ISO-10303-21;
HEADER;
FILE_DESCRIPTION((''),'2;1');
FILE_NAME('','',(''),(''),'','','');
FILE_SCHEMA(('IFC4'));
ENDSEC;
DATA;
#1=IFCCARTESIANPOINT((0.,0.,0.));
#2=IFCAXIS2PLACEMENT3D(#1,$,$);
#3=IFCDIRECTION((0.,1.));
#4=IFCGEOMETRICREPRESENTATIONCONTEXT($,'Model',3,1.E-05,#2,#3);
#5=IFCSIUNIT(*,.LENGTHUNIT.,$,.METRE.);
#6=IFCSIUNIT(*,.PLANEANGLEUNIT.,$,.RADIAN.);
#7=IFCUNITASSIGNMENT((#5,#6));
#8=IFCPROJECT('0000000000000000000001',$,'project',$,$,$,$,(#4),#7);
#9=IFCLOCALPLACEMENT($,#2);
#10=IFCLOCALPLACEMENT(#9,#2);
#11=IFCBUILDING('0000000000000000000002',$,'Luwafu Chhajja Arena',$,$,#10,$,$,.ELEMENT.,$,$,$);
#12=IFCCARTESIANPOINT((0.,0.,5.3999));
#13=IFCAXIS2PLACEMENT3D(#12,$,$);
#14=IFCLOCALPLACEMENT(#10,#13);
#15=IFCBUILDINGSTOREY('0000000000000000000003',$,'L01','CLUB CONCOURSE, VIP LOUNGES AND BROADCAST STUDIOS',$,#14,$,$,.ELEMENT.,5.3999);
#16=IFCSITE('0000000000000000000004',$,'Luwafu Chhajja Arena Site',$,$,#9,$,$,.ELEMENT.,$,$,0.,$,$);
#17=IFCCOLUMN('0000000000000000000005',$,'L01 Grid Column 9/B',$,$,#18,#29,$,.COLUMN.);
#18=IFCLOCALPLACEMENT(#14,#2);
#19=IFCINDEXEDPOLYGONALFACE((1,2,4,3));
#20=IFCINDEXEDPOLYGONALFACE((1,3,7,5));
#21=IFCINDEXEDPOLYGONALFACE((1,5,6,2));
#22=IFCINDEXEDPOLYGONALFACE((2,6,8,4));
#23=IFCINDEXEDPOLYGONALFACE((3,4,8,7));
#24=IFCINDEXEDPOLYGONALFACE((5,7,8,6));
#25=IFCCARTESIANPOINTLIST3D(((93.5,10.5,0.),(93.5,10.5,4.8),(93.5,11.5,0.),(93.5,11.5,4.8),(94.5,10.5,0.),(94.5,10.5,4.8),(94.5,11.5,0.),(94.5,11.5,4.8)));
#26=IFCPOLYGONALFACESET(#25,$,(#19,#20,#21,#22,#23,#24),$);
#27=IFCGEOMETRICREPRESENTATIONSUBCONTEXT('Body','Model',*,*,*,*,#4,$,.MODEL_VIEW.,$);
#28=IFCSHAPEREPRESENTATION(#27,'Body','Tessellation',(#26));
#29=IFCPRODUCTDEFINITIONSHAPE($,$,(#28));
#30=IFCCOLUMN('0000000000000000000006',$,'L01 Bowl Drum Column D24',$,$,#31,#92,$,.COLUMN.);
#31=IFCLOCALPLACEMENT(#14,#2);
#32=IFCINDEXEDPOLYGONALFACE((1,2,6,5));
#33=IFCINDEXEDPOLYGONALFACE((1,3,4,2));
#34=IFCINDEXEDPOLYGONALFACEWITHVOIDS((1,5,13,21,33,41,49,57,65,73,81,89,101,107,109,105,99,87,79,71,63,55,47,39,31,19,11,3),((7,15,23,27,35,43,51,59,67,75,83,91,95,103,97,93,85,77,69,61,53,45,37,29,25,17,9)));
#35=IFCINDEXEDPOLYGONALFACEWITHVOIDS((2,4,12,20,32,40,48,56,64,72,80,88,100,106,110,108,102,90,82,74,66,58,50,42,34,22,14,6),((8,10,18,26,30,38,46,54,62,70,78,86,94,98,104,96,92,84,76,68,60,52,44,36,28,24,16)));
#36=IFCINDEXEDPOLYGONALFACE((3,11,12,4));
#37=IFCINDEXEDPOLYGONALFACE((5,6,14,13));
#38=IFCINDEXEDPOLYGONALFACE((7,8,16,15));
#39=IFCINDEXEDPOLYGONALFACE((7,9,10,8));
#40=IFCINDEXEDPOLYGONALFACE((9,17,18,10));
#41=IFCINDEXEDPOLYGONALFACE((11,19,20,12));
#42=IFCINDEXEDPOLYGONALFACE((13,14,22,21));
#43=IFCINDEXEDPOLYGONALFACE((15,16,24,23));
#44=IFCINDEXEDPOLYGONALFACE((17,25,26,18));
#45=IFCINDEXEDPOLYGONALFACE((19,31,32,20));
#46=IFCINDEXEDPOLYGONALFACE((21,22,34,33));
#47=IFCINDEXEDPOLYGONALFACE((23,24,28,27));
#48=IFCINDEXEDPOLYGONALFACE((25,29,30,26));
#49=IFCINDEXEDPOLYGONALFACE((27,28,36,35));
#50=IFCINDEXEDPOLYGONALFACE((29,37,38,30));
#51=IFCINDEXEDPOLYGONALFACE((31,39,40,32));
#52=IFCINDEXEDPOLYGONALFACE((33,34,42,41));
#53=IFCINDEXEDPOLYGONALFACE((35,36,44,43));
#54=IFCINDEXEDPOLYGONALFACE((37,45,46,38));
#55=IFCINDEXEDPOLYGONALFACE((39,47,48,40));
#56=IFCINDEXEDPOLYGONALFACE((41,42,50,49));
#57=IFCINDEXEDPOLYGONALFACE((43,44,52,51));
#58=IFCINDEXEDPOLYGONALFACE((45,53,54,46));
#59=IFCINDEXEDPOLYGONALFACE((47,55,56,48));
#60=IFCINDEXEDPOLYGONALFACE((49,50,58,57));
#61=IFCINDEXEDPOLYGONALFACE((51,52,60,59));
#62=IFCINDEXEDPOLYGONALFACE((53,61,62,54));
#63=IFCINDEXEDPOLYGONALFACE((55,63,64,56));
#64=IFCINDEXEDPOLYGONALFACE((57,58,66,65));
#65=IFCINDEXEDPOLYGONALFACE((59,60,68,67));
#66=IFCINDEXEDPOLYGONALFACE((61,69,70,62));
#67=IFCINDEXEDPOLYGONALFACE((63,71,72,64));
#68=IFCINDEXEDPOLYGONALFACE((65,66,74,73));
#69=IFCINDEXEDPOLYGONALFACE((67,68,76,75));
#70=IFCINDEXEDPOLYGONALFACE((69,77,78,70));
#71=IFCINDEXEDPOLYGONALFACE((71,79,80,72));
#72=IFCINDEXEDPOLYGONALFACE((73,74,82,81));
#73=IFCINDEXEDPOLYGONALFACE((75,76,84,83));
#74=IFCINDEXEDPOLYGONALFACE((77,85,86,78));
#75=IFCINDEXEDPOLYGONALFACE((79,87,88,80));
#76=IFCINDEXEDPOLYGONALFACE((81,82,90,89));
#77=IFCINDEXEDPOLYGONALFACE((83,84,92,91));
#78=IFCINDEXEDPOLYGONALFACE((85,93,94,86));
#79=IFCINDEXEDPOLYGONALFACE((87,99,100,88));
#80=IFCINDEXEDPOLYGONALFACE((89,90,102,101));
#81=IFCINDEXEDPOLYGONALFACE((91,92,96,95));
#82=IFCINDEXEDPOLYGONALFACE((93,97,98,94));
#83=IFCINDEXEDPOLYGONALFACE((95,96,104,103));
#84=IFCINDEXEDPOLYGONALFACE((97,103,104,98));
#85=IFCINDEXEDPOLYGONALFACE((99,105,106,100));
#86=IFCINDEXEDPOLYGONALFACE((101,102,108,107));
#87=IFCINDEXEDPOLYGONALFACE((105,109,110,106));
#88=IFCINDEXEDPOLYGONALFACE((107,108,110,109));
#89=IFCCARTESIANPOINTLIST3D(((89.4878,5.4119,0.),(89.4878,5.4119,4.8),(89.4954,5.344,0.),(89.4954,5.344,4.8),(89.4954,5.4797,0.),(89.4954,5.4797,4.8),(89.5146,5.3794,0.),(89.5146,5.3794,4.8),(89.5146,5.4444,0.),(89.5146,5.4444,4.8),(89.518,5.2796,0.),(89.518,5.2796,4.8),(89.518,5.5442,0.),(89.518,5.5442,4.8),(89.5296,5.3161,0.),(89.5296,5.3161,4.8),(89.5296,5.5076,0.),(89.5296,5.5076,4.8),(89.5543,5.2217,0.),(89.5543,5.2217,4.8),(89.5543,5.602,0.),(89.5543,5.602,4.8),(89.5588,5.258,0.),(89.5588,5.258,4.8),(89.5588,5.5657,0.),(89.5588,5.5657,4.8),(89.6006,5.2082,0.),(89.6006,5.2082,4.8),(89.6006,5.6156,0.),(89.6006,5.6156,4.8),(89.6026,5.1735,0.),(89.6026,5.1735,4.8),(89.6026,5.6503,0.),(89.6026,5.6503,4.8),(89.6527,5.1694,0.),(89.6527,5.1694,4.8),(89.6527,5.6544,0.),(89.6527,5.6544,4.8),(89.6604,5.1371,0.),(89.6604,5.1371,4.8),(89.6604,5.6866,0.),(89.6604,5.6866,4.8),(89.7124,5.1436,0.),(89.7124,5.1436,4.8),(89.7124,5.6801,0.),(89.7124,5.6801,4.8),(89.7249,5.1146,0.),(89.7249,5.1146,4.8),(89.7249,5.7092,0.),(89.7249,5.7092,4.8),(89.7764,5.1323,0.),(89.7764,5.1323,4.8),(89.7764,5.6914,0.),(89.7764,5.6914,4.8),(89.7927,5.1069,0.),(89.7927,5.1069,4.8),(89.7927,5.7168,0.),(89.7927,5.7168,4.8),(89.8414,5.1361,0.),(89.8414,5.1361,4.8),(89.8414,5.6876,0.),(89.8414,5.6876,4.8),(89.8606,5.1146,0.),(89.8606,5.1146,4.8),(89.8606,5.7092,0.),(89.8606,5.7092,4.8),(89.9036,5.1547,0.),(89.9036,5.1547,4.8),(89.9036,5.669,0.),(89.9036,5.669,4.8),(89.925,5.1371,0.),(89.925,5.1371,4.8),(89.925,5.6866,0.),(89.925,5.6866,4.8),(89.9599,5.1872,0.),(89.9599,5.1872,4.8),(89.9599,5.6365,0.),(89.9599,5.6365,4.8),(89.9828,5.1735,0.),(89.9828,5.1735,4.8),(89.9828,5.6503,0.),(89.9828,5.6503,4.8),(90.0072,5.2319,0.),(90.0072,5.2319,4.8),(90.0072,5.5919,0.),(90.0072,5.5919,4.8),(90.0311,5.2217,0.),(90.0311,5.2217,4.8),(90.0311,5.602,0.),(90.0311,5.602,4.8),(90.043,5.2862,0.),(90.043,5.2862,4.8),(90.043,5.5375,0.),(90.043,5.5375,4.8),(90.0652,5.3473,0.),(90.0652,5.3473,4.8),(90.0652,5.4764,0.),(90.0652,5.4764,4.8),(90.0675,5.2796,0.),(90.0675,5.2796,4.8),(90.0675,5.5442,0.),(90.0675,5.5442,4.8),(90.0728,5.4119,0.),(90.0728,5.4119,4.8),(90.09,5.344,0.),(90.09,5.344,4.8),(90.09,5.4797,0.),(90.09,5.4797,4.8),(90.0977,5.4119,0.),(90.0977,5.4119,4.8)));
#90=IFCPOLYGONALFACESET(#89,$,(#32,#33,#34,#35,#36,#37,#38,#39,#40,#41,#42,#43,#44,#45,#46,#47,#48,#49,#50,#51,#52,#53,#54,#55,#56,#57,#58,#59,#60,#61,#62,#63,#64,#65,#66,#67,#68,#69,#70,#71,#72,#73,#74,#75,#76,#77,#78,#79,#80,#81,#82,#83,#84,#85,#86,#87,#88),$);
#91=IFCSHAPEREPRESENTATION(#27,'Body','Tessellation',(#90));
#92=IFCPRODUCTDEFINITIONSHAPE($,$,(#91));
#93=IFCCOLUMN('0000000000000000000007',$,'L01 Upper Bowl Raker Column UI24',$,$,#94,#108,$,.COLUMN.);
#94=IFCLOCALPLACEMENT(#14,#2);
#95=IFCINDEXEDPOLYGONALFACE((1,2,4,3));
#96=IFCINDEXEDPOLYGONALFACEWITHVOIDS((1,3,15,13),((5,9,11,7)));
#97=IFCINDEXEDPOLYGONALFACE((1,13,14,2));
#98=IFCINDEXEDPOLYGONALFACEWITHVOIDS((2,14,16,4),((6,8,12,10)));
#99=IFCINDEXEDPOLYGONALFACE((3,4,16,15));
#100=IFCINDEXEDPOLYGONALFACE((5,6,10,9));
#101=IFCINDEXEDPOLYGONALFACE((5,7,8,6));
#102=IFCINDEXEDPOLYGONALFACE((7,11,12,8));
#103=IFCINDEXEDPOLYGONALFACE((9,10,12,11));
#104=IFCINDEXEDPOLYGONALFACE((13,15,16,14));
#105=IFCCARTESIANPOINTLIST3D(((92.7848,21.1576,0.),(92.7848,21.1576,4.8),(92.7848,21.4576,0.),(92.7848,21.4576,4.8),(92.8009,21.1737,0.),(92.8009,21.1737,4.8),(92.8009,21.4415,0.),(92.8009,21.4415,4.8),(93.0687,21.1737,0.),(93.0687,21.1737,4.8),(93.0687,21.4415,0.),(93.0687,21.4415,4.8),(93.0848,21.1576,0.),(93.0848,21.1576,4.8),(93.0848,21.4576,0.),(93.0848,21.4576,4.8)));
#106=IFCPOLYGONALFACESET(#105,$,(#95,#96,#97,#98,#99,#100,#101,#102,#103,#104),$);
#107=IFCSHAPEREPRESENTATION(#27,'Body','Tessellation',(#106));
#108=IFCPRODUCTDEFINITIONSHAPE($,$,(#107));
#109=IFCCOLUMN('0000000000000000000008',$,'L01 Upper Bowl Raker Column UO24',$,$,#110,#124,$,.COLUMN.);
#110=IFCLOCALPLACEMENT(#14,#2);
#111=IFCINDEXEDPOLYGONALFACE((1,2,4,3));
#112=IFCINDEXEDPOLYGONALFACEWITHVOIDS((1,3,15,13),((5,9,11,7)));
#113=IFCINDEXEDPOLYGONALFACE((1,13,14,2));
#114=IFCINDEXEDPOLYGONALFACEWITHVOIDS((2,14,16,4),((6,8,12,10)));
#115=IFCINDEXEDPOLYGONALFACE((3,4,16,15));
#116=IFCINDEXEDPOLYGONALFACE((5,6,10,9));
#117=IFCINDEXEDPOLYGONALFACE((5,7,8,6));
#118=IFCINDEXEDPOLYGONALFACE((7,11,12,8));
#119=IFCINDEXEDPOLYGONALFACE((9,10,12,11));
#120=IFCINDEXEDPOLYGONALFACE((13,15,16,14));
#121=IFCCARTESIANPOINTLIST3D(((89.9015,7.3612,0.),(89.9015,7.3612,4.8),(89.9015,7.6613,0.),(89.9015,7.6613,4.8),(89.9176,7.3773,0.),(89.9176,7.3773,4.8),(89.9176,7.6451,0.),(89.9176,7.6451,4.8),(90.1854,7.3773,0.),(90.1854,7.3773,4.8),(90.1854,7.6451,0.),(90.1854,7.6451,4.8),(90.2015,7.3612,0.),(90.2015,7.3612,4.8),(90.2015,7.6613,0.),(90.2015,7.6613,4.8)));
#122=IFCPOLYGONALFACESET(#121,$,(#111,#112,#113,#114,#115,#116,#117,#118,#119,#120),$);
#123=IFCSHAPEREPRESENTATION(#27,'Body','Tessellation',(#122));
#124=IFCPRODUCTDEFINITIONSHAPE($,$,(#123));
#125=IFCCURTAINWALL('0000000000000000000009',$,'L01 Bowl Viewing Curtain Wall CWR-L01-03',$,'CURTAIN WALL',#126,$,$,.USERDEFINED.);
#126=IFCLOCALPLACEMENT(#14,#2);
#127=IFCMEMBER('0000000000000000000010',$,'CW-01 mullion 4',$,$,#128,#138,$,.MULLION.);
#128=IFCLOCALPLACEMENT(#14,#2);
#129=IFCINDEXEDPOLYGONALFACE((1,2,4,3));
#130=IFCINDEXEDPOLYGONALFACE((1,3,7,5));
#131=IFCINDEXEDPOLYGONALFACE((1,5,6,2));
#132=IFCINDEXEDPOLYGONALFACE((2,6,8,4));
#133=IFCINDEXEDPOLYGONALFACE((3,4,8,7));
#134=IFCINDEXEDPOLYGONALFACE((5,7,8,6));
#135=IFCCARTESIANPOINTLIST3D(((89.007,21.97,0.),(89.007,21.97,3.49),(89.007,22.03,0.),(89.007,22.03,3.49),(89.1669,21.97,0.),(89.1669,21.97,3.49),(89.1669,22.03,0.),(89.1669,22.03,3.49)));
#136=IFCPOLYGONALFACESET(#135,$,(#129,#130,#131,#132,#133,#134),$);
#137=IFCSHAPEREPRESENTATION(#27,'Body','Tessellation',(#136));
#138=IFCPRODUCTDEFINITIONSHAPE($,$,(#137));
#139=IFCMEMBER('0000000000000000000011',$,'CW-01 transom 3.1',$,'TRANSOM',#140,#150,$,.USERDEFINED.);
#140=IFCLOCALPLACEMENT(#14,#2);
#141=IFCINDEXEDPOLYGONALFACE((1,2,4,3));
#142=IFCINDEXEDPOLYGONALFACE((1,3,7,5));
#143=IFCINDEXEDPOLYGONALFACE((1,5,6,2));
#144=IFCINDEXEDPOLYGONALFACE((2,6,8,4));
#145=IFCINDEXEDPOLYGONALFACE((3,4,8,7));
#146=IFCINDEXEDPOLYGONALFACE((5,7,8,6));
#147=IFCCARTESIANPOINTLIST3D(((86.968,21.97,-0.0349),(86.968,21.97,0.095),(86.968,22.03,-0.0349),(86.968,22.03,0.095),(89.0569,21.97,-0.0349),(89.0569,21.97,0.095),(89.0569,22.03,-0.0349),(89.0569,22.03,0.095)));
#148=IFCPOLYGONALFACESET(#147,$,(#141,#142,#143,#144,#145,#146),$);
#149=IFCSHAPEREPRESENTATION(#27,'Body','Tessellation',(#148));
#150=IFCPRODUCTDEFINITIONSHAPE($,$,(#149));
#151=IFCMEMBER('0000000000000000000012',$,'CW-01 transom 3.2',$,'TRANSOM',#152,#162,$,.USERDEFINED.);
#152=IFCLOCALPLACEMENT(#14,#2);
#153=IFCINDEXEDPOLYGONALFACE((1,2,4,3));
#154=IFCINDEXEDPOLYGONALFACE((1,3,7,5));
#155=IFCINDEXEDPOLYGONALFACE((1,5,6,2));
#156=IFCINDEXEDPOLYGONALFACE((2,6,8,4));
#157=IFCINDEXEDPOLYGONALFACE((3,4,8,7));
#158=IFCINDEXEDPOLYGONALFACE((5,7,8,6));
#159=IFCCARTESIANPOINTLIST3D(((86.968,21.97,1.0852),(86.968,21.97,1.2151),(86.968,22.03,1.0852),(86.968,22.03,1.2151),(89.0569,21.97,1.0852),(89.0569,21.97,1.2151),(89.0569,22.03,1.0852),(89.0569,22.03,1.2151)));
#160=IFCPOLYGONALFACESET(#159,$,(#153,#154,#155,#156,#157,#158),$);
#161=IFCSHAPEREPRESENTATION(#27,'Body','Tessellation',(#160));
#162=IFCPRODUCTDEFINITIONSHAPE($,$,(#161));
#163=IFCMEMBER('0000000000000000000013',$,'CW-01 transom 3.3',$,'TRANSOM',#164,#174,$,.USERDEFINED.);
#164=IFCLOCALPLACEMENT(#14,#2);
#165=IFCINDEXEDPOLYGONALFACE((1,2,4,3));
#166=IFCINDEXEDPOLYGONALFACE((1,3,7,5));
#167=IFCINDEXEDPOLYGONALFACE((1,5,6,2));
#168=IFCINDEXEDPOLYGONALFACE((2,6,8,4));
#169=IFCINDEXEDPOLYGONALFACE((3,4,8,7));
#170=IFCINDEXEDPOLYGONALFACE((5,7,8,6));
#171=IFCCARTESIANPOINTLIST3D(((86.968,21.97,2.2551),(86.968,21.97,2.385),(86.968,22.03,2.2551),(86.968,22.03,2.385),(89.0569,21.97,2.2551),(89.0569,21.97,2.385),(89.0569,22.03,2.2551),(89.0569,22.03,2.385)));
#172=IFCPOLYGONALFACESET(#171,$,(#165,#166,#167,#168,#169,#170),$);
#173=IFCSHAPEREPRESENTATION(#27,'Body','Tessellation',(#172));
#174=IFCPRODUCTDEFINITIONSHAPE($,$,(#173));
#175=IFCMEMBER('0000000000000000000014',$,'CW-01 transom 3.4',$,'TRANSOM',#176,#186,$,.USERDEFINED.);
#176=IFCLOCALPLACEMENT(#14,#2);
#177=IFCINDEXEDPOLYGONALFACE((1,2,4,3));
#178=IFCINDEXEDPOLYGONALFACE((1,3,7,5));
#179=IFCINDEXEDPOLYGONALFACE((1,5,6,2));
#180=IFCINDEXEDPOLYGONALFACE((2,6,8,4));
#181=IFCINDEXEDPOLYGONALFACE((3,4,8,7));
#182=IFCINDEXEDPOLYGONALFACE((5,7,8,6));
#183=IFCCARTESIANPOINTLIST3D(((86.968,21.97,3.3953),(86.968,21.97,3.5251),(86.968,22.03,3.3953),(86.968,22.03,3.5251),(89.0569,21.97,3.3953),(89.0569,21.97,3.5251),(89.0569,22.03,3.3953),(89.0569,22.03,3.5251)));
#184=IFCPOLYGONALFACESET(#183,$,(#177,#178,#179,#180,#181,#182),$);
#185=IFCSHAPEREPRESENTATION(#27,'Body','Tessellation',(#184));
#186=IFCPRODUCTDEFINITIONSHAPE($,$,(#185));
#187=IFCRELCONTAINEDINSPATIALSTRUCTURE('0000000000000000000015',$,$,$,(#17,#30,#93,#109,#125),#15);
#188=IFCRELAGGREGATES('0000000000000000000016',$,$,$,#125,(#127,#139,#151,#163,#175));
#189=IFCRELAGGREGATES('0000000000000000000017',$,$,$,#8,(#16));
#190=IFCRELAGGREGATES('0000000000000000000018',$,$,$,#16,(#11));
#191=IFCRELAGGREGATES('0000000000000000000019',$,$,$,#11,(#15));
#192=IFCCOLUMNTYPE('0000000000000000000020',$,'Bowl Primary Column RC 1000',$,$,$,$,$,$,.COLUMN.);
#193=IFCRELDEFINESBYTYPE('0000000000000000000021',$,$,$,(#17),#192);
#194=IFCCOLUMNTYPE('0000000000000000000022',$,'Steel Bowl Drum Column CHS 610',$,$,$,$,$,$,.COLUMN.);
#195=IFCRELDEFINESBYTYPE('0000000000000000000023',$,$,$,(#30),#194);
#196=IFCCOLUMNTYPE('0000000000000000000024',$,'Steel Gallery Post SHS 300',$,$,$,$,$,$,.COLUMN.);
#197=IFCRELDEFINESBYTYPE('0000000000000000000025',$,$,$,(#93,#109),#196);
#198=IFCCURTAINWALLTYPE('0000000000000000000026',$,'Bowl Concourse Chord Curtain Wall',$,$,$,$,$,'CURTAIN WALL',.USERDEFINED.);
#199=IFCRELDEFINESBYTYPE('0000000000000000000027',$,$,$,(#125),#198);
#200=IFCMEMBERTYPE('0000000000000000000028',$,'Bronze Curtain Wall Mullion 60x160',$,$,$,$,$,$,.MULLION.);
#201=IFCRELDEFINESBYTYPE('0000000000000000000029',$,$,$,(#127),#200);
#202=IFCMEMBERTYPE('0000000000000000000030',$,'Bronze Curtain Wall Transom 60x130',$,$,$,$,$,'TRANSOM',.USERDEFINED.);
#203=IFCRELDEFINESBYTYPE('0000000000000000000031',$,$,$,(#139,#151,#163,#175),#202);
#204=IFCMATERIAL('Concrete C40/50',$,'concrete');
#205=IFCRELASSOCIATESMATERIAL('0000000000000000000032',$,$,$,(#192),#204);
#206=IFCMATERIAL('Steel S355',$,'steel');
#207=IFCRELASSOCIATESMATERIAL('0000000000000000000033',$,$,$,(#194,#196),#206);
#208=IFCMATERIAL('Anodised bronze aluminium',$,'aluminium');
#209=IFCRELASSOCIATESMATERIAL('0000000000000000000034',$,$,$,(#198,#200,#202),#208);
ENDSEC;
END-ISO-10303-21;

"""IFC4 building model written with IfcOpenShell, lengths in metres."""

from ifc_helpers import new_model, si_unit, direction, frame, origin, origin_2d, place, context, subcontext, project, spatial, rectangle, hollow_rectangle, hollow_circle, extrude, material, material_profile, profile_set, type_object, element, aggregate, save


model = new_model("IFC4")

# Units and contexts
model_context = context("Model", 3, precision=1e-05, world=origin(), true_north=direction((0.0, 1.0)))
body_context = subcontext(model_context, "Body", "Model", "MODEL_VIEW")
ifc_project = project(units=[si_unit("LENGTHUNIT", "METRE"), si_unit("PLANEANGLEUNIT", "RADIAN")], contexts=[model_context])

# Site, building, storey
site_placement = place(None, origin())
site = spatial("IfcSite", under=ifc_project, at=site_placement, Name="Luwafu Chhajja Arena Site", CompositionType="ELEMENT", RefElevation=0.0)
building_placement = place(site_placement, origin())
building = spatial("IfcBuilding", under=site, at=building_placement, Name="Luwafu Chhajja Arena", CompositionType="ELEMENT")
storey_placement = place(building_placement, frame((0.0, 0.0, 5.3999)))
storey = spatial("IfcBuildingStorey", under=building, at=storey_placement, Name="L01", Description="CLUB CONCOURSE, VIP LOUNGES AND BROADCAST STUDIOS", CompositionType="ELEMENT", Elevation=5.3999)

# Columns
ifc_material_1 = material(Name="Concrete C40/50", Category="concrete")
ifc_material_profile_1 = material_profile(ifc_material_1, rectangle(XDim=1.0, YDim=1.0, at=origin_2d()), Name="RC 1000x1000")
ifc_profile_set_1 = profile_set([ifc_material_profile_1], Name="Concrete C40/50")
column_type_1 = type_object("IfcColumnType", Name="Bowl Primary Column RC 1000", PredefinedType="COLUMN", material=ifc_profile_set_1)
column_1_placement = place(storey_placement, frame((94.0, 11.0, 0.0), z_axis=(0.0, 0.0, 1.0), x_axis=(1.0, 0.0, 0.0)))
element("IfcColumn", 1, at=column_1_placement, inside=storey, type_object=column_type_1, Name="L01 Grid Column 9/B", PredefinedType="COLUMN", context=body_context, shape_type="SweptSolid", body=[
    extrude(rectangle(XDim=1.0, YDim=1.0, at=origin_2d()), origin(), (0.0, 0.0, 1.0), 4.8),
])
ifc_material_2 = material(Name="Steel S355", Category="steel")
ifc_material_profile_2 = material_profile(ifc_material_2, hollow_circle(Radius=0.3049, WallThickness=0.0249, at=origin_2d()), Name="CHS 610x25")
ifc_profile_set_2 = profile_set([ifc_material_profile_2], Name="Steel S355")
column_type_2 = type_object("IfcColumnType", Name="Steel Bowl Drum Column CHS 610", PredefinedType="COLUMN", material=ifc_profile_set_2)
column_2_placement = place(storey_placement, frame((89.7927, 5.4119, 0.0), z_axis=(0.0, 0.0, 1.0), x_axis=(1.0, 0.0, 0.0)))
element("IfcColumn", 2, at=column_2_placement, inside=storey, type_object=column_type_2, Name="L01 Bowl Drum Column D24", PredefinedType="COLUMN", context=body_context, shape_type="SweptSolid", body=[
    extrude(hollow_circle(Radius=0.3049, WallThickness=0.0249, at=origin_2d()), origin(), (0.0, 0.0, 1.0), 4.8),
])
ifc_material_profile_3 = material_profile(ifc_material_2, hollow_rectangle(XDim=0.3, YDim=0.3, WallThickness=0.0161, at=origin_2d()), Name="SHS 300x300x16")
ifc_profile_set_3 = profile_set([ifc_material_profile_3], Name="Steel S355")
column_type_3 = type_object("IfcColumnType", Name="Steel Gallery Post SHS 300", PredefinedType="COLUMN", material=ifc_profile_set_3)
for number, where, z_axis, x_axis, name in (
    (3, (92.9348, 21.3076, 0.0), (0.0, 0.0, 1.0), (1.0, 0.0, 0.0), "L01 Upper Bowl Raker Column UI24"),
    (4, (90.0515, 7.5112, 0.0), (0.0, 0.0, 1.0), (1.0, 0.0, 0.0), "L01 Upper Bowl Raker Column UO24"),
):
    element("IfcColumn", number, at=place(storey_placement, frame(where, z_axis=z_axis, x_axis=x_axis)), inside=storey, type_object=column_type_3, Name=name, PredefinedType="COLUMN", context=body_context, shape_type="SweptSolid", body=[
        extrude(hollow_rectangle(XDim=0.3, YDim=0.3, WallThickness=0.0161, at=origin_2d()), origin(), (0.0, 0.0, 1.0), 4.8),
    ])

# Curtain wall, members
ifc_material_3 = material(Name="Anodised bronze aluminium", Category="aluminium")
curtain_wall_type = type_object("IfcCurtainWallType", Name="Bowl Concourse Chord Curtain Wall", ElementType="CURTAIN WALL", PredefinedType="USERDEFINED", material=ifc_material_3)
curtain_wall_placement = place(storey_placement, origin())
curtain_wall = element("IfcCurtainWall", 5, at=curtain_wall_placement, inside=storey, type_object=curtain_wall_type, Name="L01 Bowl Viewing Curtain Wall CWR-L01-03", ObjectType="CURTAIN WALL", PredefinedType="USERDEFINED")
ifc_material_profile_4 = material_profile(ifc_material_3, rectangle(XDim=0.0601, YDim=0.1599, at=origin_2d()), Name="CWM 60x160")
ifc_profile_set_4 = profile_set([ifc_material_profile_4], Name="Anodised bronze aluminium")
member_type_1 = type_object("IfcMemberType", Name="Bronze Curtain Wall Mullion 60x160", PredefinedType="MULLION", material=ifc_profile_set_4)
member_1_placement = place(storey_placement, frame((89.0869, 22.0, 0.0), z_axis=(0.0, 0.0, 1.0), x_axis=(0.0, 1.0, 0.0)))
member_1 = element("IfcMember", 6, at=member_1_placement, type_object=member_type_1, Name="CW-01 mullion 4", PredefinedType="MULLION", context=body_context, shape_type="SweptSolid", body=[
    extrude(rectangle(XDim=0.0601, YDim=0.1599, at=origin_2d()), origin(), (0.0, 0.0, 1.0), 3.49),
])
ifc_material_profile_5 = material_profile(ifc_material_3, rectangle(XDim=0.0601, YDim=0.1299, at=origin_2d()), Name="CWT 60x130")
ifc_profile_set_5 = profile_set([ifc_material_profile_5], Name="Anodised bronze aluminium")
member_type_2 = type_object("IfcMemberType", Name="Bronze Curtain Wall Transom 60x130", ElementType="TRANSOM", PredefinedType="USERDEFINED", material=ifc_profile_set_5)
member_2_placement = place(storey_placement, frame((86.968, 22.0, 0.03), z_axis=(1.0, 0.0, 0.0), x_axis=(0.0, 1.0, 0.0)))
member_2 = element("IfcMember", 7, at=member_2_placement, type_object=member_type_2, Name="CW-01 transom 3.1", ObjectType="TRANSOM", PredefinedType="USERDEFINED", context=body_context, shape_type="SweptSolid", body=[
    extrude(rectangle(XDim=0.0601, YDim=0.1299, at=origin_2d()), origin(), (0.0, 0.0, 1.0), 2.0889),
])
member_3_placement = place(storey_placement, frame((86.968, 22.0, 1.1501), z_axis=(1.0, 0.0, 0.0), x_axis=(0.0, 1.0, 0.0)))
member_3 = element("IfcMember", 8, at=member_3_placement, type_object=member_type_2, Name="CW-01 transom 3.2", ObjectType="TRANSOM", PredefinedType="USERDEFINED", context=body_context, shape_type="SweptSolid", body=[
    extrude(rectangle(XDim=0.0601, YDim=0.1299, at=origin_2d()), origin(), (0.0, 0.0, 1.0), 2.0889),
])
member_4_placement = place(storey_placement, frame((86.968, 22.0, 2.3201), z_axis=(1.0, 0.0, 0.0), x_axis=(0.0, 1.0, 0.0)))
member_4 = element("IfcMember", 9, at=member_4_placement, type_object=member_type_2, Name="CW-01 transom 3.3", ObjectType="TRANSOM", PredefinedType="USERDEFINED", context=body_context, shape_type="SweptSolid", body=[
    extrude(rectangle(XDim=0.0601, YDim=0.1299, at=origin_2d()), origin(), (0.0, 0.0, 1.0), 2.0889),
])
member_5_placement = place(storey_placement, frame((86.968, 22.0, 3.4602), z_axis=(1.0, 0.0, 0.0), x_axis=(0.0, 1.0, 0.0)))
member_5 = element("IfcMember", 10, at=member_5_placement, type_object=member_type_2, Name="CW-01 transom 3.4", ObjectType="TRANSOM", PredefinedType="USERDEFINED", context=body_context, shape_type="SweptSolid", body=[
    extrude(rectangle(XDim=0.0601, YDim=0.1299, at=origin_2d()), origin(), (0.0, 0.0, 1.0), 2.0889),
])

aggregate(curtain_wall, [member_1, member_2, member_3, member_4, member_5])

save(model, "model.ifc")
